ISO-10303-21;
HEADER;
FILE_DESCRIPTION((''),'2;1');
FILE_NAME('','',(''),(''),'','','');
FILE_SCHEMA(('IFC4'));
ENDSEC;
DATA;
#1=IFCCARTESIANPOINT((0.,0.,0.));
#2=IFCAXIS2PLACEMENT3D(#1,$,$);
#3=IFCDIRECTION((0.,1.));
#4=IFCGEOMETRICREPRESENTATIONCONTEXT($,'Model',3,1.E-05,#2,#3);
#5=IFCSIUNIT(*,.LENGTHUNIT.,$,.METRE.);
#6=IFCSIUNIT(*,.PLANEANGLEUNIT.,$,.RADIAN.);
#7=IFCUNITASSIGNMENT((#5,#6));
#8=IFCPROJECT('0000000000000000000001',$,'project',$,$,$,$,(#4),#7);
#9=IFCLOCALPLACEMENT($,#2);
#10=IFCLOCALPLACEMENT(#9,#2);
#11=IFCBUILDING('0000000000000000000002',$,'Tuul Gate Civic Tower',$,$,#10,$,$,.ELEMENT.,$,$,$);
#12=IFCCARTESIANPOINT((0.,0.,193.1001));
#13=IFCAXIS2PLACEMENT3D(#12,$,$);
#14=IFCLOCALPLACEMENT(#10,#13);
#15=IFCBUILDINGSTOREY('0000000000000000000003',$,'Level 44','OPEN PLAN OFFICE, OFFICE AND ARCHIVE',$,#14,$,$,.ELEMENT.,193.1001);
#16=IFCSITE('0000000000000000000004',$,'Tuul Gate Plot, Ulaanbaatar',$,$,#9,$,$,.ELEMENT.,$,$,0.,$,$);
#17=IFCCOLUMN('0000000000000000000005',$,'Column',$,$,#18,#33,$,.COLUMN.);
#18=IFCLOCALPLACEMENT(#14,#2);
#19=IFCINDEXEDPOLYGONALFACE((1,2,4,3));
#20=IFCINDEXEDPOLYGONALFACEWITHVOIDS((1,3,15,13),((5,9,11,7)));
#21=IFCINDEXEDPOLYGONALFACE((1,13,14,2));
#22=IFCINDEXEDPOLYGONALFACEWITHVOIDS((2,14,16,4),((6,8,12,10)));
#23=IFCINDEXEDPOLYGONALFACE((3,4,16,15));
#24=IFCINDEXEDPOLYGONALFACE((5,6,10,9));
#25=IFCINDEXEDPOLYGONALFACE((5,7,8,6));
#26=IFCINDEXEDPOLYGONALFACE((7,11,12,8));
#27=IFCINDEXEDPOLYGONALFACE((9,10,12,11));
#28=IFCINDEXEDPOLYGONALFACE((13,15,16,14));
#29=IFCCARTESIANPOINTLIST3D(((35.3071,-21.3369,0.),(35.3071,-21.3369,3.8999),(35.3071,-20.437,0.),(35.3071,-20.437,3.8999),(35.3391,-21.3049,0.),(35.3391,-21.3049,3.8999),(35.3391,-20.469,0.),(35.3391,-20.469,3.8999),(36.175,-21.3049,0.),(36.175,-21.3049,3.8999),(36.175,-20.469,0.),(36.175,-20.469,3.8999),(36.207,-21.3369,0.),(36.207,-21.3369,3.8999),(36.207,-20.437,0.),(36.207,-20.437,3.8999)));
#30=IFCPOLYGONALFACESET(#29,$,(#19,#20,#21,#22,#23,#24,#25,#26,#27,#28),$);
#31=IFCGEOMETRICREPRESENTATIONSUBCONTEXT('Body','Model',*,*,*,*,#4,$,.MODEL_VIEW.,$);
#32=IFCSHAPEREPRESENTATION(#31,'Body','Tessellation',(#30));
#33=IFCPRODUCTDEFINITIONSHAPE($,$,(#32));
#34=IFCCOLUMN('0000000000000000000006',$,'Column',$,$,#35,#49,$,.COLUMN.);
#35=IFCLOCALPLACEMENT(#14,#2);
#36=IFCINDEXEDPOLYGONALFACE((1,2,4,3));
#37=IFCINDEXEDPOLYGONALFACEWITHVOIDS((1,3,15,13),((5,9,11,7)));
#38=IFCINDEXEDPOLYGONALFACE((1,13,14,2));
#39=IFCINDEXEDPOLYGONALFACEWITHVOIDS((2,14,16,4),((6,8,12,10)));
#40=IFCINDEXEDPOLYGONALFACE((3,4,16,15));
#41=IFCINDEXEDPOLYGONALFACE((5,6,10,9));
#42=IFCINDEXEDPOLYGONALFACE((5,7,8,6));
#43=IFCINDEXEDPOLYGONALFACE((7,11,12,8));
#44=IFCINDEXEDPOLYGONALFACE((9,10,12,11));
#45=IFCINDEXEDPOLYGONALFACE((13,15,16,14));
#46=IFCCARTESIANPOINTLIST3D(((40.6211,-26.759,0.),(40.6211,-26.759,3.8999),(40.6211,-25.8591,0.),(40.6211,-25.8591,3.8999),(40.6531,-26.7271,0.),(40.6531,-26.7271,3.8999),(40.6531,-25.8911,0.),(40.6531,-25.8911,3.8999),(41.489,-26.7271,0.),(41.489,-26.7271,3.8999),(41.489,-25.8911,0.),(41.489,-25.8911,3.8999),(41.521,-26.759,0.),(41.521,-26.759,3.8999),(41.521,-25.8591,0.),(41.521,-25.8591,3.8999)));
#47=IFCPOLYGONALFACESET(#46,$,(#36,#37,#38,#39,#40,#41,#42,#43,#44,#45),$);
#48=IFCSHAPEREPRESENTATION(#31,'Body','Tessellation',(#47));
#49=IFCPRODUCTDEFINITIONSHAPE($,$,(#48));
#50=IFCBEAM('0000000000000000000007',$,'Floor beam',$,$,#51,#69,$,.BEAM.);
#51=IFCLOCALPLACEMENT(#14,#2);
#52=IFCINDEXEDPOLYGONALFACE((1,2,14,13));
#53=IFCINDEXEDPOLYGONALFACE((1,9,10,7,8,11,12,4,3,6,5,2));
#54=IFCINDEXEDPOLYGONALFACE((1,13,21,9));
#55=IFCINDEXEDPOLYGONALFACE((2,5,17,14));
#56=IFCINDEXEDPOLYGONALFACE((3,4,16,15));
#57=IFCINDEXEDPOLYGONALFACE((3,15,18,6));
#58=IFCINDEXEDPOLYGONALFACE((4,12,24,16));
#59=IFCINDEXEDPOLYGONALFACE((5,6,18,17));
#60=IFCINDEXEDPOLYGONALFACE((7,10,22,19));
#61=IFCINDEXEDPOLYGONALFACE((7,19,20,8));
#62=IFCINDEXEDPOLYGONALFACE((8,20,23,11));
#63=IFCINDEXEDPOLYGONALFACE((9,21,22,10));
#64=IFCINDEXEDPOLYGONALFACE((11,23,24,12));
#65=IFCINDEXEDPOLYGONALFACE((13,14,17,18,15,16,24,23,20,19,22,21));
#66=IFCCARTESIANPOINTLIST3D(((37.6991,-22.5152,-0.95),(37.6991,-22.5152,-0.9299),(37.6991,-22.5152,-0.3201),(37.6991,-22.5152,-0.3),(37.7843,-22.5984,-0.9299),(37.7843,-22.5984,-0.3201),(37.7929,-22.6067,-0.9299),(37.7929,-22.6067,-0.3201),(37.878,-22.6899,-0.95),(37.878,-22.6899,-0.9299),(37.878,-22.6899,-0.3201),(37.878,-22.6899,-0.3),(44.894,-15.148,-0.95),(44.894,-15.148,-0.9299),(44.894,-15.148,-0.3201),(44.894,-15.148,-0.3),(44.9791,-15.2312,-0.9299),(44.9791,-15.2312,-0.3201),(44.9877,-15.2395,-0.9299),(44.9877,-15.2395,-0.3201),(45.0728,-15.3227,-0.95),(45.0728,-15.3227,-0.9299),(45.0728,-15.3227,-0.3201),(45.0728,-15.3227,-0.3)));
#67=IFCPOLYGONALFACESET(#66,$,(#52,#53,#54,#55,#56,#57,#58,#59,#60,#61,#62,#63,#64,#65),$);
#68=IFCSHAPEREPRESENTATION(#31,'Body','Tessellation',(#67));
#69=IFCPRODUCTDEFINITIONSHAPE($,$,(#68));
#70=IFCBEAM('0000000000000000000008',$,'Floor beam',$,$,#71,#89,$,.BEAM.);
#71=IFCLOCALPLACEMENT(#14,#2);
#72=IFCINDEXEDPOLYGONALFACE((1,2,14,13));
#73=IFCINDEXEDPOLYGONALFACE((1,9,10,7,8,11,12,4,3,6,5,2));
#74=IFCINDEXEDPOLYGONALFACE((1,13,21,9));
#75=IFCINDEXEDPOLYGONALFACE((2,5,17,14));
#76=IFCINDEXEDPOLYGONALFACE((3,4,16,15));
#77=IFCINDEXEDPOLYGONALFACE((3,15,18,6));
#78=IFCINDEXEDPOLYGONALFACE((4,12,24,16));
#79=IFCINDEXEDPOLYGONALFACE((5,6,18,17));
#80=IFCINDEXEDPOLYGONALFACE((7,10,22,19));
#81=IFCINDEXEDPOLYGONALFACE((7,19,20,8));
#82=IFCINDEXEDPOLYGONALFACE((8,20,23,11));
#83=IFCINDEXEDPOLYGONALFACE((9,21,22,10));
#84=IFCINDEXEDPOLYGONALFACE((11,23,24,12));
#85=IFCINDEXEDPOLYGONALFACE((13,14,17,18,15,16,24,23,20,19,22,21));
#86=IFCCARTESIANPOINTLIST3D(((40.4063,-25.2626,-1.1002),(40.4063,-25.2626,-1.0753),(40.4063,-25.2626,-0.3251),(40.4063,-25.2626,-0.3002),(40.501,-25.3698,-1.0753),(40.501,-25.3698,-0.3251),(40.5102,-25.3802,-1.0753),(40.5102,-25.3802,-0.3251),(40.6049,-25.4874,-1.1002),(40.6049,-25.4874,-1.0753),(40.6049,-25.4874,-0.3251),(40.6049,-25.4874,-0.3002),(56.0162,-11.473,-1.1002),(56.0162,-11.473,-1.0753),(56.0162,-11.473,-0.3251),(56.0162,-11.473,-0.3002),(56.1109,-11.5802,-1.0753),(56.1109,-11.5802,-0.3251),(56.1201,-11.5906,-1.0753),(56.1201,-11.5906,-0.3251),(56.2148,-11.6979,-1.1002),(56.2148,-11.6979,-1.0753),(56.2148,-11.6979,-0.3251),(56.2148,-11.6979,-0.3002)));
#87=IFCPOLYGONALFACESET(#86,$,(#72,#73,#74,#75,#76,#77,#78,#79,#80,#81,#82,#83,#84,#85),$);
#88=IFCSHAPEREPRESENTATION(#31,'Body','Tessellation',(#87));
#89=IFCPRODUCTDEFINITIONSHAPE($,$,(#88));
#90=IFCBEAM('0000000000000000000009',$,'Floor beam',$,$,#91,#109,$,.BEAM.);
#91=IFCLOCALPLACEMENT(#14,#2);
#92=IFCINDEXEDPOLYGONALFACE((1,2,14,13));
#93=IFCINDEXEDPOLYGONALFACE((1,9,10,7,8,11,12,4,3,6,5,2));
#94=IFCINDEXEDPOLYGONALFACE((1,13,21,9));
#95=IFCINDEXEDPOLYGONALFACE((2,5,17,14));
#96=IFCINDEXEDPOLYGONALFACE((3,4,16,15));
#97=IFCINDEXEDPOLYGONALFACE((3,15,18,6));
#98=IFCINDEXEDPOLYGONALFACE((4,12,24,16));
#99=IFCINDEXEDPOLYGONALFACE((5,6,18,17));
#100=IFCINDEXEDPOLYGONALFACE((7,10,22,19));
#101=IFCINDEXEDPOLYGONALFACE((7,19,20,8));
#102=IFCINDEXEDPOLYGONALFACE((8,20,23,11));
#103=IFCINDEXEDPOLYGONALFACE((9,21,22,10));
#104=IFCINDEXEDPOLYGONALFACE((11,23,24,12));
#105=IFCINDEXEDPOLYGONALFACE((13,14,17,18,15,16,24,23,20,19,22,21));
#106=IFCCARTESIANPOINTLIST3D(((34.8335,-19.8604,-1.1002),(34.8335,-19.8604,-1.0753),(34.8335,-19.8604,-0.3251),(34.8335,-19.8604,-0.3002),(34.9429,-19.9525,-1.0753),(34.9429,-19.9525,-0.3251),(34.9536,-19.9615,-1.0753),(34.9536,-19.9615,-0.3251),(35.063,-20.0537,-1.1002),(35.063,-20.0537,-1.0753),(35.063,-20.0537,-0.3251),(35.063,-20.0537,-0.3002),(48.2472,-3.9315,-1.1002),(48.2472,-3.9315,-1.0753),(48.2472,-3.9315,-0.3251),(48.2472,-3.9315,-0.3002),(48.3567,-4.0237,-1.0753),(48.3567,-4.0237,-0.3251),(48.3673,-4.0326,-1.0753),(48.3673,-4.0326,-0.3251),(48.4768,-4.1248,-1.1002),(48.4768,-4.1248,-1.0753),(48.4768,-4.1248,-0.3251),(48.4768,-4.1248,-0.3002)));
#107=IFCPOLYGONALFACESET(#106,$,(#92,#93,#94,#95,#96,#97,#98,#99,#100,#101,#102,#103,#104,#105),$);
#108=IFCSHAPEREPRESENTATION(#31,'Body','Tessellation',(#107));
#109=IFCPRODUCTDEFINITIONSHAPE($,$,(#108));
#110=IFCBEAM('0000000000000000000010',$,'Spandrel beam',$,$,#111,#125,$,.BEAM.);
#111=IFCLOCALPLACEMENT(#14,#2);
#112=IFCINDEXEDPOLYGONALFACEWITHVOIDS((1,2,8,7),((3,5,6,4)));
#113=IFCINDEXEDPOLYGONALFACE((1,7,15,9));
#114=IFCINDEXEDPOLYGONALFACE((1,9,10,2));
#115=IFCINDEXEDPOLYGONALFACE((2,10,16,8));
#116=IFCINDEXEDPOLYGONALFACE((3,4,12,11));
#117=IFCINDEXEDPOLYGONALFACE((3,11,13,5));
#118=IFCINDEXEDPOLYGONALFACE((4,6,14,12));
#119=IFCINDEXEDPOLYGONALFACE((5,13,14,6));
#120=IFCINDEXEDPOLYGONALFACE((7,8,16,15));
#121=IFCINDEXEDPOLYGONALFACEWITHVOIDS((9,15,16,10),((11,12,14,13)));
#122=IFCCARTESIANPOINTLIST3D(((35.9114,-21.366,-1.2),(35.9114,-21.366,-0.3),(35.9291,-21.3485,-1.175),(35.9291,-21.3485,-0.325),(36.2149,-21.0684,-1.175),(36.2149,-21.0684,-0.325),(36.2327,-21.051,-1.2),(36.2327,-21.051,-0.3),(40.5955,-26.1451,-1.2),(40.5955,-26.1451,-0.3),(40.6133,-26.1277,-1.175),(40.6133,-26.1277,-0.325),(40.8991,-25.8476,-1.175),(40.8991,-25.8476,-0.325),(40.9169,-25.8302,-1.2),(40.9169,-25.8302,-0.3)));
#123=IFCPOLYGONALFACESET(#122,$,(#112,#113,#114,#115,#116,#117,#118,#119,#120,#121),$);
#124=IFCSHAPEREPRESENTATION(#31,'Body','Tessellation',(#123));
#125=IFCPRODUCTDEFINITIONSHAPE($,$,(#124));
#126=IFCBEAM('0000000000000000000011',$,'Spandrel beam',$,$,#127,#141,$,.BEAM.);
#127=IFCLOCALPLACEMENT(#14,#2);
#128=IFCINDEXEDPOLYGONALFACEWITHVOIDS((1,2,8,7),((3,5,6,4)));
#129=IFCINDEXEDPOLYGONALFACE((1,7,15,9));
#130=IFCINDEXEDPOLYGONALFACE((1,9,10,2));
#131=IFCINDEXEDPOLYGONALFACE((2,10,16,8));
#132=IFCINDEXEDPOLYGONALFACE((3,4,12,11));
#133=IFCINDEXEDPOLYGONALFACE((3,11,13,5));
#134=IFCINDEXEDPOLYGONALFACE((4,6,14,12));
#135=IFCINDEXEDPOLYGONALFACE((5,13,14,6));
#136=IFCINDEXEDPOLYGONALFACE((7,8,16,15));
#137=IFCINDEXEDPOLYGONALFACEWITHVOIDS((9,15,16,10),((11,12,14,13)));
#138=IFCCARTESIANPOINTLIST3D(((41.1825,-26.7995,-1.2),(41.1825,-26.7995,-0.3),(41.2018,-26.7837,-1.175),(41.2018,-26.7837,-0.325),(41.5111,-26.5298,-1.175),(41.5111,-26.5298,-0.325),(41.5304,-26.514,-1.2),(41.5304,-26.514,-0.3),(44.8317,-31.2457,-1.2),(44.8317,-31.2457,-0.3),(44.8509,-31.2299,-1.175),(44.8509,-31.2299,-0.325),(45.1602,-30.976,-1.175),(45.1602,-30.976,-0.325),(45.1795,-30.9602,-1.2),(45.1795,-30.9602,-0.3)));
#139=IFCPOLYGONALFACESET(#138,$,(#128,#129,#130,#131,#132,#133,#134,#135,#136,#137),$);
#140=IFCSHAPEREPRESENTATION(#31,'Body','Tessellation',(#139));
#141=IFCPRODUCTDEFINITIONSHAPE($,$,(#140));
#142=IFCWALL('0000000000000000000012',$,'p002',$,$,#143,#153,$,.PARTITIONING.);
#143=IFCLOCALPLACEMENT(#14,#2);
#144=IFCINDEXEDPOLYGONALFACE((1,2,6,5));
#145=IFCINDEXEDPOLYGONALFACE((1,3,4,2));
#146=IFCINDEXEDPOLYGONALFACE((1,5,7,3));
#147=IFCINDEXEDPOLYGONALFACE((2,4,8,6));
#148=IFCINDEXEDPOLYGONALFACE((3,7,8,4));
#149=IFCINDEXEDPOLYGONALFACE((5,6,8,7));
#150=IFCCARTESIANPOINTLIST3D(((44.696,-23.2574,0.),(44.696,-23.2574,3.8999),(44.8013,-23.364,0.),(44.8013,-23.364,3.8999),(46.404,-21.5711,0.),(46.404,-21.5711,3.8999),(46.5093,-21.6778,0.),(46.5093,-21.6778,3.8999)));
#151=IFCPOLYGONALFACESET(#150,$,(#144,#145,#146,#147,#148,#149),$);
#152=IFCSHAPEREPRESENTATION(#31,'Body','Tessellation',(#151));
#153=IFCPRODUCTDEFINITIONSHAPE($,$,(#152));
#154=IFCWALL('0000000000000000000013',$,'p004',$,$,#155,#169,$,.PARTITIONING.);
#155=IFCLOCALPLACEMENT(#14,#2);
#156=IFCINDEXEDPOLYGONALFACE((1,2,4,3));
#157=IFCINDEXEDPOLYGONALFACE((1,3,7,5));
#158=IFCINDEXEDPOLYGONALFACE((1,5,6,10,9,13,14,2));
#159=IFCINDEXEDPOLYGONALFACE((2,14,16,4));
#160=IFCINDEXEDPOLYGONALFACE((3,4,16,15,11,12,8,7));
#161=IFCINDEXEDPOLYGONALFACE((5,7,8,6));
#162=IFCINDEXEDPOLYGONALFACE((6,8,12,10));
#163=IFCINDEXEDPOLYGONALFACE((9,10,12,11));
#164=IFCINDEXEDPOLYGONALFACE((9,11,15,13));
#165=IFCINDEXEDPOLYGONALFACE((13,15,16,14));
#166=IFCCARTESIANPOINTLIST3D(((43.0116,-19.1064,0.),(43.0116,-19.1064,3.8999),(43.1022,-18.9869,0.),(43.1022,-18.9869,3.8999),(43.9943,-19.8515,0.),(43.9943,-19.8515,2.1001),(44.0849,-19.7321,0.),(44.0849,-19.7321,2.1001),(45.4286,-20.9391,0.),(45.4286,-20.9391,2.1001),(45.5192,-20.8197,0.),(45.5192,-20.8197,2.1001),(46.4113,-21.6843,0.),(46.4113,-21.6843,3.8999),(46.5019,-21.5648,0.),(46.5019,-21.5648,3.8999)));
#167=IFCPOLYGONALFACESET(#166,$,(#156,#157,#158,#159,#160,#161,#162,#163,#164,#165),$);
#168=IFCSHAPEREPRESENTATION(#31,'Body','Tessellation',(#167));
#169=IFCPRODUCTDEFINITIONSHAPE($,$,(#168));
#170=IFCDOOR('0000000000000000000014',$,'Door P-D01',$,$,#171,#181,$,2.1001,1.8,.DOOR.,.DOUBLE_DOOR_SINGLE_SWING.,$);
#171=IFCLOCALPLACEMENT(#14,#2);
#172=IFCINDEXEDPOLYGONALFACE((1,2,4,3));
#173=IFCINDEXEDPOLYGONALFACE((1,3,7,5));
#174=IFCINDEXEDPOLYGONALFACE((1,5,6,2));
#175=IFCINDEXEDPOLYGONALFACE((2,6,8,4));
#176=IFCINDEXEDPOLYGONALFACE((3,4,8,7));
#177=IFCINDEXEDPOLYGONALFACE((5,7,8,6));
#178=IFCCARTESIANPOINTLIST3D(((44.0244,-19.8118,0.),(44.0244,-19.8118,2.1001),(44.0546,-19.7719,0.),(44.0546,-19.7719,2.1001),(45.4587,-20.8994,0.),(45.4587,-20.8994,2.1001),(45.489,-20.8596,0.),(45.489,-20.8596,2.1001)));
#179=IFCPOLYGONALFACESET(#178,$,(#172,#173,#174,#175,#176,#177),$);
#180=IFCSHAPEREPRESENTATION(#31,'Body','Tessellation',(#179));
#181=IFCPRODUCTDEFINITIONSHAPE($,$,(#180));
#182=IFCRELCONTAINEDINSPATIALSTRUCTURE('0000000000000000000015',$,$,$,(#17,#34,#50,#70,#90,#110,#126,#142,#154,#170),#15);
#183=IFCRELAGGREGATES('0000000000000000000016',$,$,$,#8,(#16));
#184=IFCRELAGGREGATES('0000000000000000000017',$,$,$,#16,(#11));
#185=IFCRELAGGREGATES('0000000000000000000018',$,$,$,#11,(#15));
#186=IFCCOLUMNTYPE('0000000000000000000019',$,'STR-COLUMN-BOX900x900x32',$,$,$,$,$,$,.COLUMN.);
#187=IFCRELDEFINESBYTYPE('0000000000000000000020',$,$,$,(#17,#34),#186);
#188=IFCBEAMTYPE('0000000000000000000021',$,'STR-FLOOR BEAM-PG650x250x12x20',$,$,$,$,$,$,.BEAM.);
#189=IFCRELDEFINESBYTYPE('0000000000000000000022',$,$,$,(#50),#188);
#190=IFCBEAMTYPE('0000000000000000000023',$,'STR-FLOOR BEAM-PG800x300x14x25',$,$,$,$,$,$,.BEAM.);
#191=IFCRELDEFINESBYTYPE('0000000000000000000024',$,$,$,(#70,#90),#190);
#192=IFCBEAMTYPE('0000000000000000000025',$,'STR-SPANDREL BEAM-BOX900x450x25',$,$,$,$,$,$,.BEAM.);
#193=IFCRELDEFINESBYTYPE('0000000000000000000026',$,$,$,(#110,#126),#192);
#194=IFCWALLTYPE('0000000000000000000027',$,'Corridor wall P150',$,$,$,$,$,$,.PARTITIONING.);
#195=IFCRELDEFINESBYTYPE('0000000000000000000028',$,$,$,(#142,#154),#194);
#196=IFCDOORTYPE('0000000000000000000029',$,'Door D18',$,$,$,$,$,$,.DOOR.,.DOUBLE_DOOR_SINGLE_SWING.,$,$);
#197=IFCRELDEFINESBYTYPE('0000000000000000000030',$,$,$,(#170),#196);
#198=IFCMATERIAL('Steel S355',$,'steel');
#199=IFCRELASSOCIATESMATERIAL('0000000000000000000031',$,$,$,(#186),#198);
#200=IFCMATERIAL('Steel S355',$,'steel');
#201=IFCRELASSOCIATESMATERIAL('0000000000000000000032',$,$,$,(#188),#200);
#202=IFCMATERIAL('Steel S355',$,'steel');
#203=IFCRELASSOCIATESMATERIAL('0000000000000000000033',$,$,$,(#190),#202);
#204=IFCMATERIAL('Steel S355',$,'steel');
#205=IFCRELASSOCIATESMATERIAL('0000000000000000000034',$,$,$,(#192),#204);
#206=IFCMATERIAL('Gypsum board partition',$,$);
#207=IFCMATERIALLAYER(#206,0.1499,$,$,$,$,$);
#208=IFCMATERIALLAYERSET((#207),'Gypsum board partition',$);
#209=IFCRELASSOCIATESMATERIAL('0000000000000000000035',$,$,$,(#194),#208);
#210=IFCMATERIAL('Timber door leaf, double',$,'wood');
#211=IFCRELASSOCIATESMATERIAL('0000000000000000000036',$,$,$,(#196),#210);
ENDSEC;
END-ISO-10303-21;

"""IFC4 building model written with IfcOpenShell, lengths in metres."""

from ifc_helpers import new_model, si_unit, direction, frame, frame_2d, origin, origin_2d, place, context, subcontext, project, spatial, rectangle, hollow_rectangle, i_section, extrude, material, layer, layer_set, material_profile, profile_set, type_object, element, fill, save


model = new_model("IFC4")

# Units and contexts
model_context = context("Model", 3, precision=1e-05, world=origin(), true_north=direction((0.0, 1.0)))
body_context = subcontext(model_context, "Body", "Model", "MODEL_VIEW")
ifc_project = project(units=[si_unit("LENGTHUNIT", "METRE"), si_unit("PLANEANGLEUNIT", "RADIAN")], contexts=[model_context])

# Site, building, storey
site_placement = place(None, origin())
site = spatial("IfcSite", under=ifc_project, at=site_placement, Name="Tuul Gate Plot, Ulaanbaatar", CompositionType="ELEMENT", RefElevation=0.0)
building_placement = place(site_placement, origin())
building = spatial("IfcBuilding", under=site, at=building_placement, Name="Tuul Gate Civic Tower", CompositionType="ELEMENT")
storey_placement = place(building_placement, frame((0.0, 0.0, 193.1001)))
storey = spatial("IfcBuildingStorey", under=building, at=storey_placement, Name="Level 44", Description="OPEN PLAN OFFICE, OFFICE AND ARCHIVE", CompositionType="ELEMENT", Elevation=193.1001)

# Columns
ifc_material_1 = material(Name="Steel S355", Category="steel")
ifc_material_profile_1 = material_profile(ifc_material_1, hollow_rectangle(XDim=0.8999, YDim=0.8999, WallThickness=0.032, at=origin_2d()), Name="BOX900x900x32")
ifc_profile_set_1 = profile_set([ifc_material_profile_1], Name="Steel S355")
column_type = type_object("IfcColumnType", Name="STR-COLUMN-BOX900x900x32", PredefinedType="COLUMN", material=ifc_profile_set_1)
for number, where, z_axis, x_axis, name in (
    (1, (35.7571, -20.887, 0.0), (0.0, 0.0, 1.0), (1.0, 0.0, 0.0), "Column"),
    (2, (41.071, -26.3091, 0.0), (0.0, 0.0, 1.0), (1.0, 0.0, 0.0), "Column"),
):
    element("IfcColumn", number, at=place(storey_placement, frame(where, z_axis=z_axis, x_axis=x_axis)), inside=storey, type_object=column_type, Name=name, PredefinedType="COLUMN", context=body_context, shape_type="SweptSolid", body=[
        extrude(hollow_rectangle(XDim=0.8999, YDim=0.8999, WallThickness=0.032, at=origin_2d()), origin(), (0.0, 0.0, 1.0), 3.8999),
    ])

# Beams
ifc_material_2 = material(Name="Steel S355", Category="steel")
ifc_material_profile_2 = material_profile(ifc_material_2, i_section(OverallWidth=0.25, OverallDepth=0.6499, WebThickness=0.012, FlangeThickness=0.02, at=origin_2d()), Name="PG650x250x12x20")
ifc_profile_set_2 = profile_set([ifc_material_profile_2], Name="Steel S355")
beam_type_1 = type_object("IfcBeamType", Name="STR-FLOOR BEAM-PG650x250x12x20", PredefinedType="BEAM", material=ifc_profile_set_2)
beam_1_placement = place(storey_placement, frame((37.7886, -22.6025, -0.625), z_axis=(0.698688, 0.715426, 0.0), x_axis=(-0.715426, 0.698688, 0.0)))
element("IfcBeam", 3, at=beam_1_placement, inside=storey, type_object=beam_type_1, Name="Floor beam", PredefinedType="BEAM", context=body_context, shape_type="SweptSolid", body=[
    extrude(i_section(OverallWidth=0.25, OverallDepth=0.6499, WebThickness=0.012, FlangeThickness=0.02, at=origin_2d()), origin(), (0.0, 0.0, 1.0), 10.2976),
])
ifc_material_3 = material(Name="Steel S355", Category="steel")
ifc_material_profile_3 = material_profile(ifc_material_3, i_section(OverallWidth=0.3, OverallDepth=0.8, WebThickness=0.0139, FlangeThickness=0.0249, at=origin_2d()), Name="PG800x300x14x25")
ifc_profile_set_3 = profile_set([ifc_material_profile_3], Name="Steel S355")
beam_type_2 = type_object("IfcBeamType", Name="STR-FLOOR BEAM-PG800x300x14x25", PredefinedType="BEAM", material=ifc_profile_set_3)
beam_2_placement = place(storey_placement, frame((40.5056, -25.375, -0.7002), z_axis=(0.749453, 0.662057, 0.0), x_axis=(-0.662057, 0.749453, 0.0)))
element("IfcBeam", 4, at=beam_2_placement, inside=storey, type_object=beam_type_2, Name="Floor beam", PredefinedType="BEAM", context=body_context, shape_type="SweptSolid", body=[
    extrude(i_section(OverallWidth=0.3, OverallDepth=0.8, WebThickness=0.0139, FlangeThickness=0.0249, at=origin_2d()), origin(), (0.0, 0.0, 1.0), 20.8284),
])
beam_3_placement = place(storey_placement, frame((34.9482, -19.957, -0.7002), z_axis=(0.644135, 0.764912, 0.0), x_axis=(-0.764912, 0.644135, 0.0)))
element("IfcBeam", 5, at=beam_3_placement, inside=storey, type_object=beam_type_2, Name="Floor beam", PredefinedType="BEAM", context=body_context, shape_type="SweptSolid", body=[
    extrude(i_section(OverallWidth=0.3, OverallDepth=0.8, WebThickness=0.0139, FlangeThickness=0.0249, at=origin_2d()), origin(), (0.0, 0.0, 1.0), 20.8245),
])
ifc_material_4 = material(Name="Steel S355", Category="steel")
ifc_material_profile_4 = material_profile(ifc_material_4, hollow_rectangle(XDim=0.45, YDim=0.8999, WallThickness=0.0249, at=origin_2d()), Name="BOX900x450x25")
ifc_profile_set_4 = profile_set([ifc_material_profile_4], Name="Steel S355")
beam_type_3 = type_object("IfcBeamType", Name="STR-SPANDREL BEAM-BOX900x450x25", PredefinedType="BEAM", material=ifc_profile_set_4)
beam_4_placement = place(storey_placement, frame((36.072, -21.2085, -0.75), z_axis=(0.699975, -0.714167, 0.0), x_axis=(0.714167, 0.699975, 0.0)))
element("IfcBeam", 6, at=beam_4_placement, inside=storey, type_object=beam_type_3, Name="Spandrel beam", PredefinedType="BEAM", context=body_context, shape_type="SweptSolid", body=[
    extrude(hollow_rectangle(XDim=0.45, YDim=0.8999, WallThickness=0.0249, at=origin_2d()), origin(), (0.0, 0.0, 1.0), 6.6919),
])
beam_5_placement = place(storey_placement, frame((41.3564, -26.6567, -0.75), z_axis=(0.634414, -0.772994, 0.0), x_axis=(0.772994, 0.634414, 0.0)))
element("IfcBeam", 7, at=beam_5_placement, inside=storey, type_object=beam_type_3, Name="Spandrel beam", PredefinedType="BEAM", context=body_context, shape_type="SweptSolid", body=[
    extrude(hollow_rectangle(XDim=0.45, YDim=0.8999, WallThickness=0.0249, at=origin_2d()), origin(), (0.0, 0.0, 1.0), 5.752),
])

# Wall
ifc_material_5 = material(Name="Gypsum board partition")
ifc_layer_1 = layer(ifc_material_5, 0.1499)
ifc_layer_set_1 = layer_set([ifc_layer_1], Name="Gypsum board partition")
wall_type_1 = type_object("IfcWallType", Name="Corridor wall P150", PredefinedType="PARTITIONING", material=ifc_layer_set_1)
wall_1_placement = place(storey_placement, frame((44.7485, -23.3108, 0.0), z_axis=(0.0, 0.0, 1.0), x_axis=(0.711619, 0.702566, 0.0)))
element("IfcWall", 8, at=wall_1_placement, inside=storey, type_object=wall_type_1, Name="p002", PredefinedType="PARTITIONING", context=body_context, shape_type="SweptSolid", body=[
    extrude(rectangle(XDim=2.4001, YDim=0.1499, at=frame_2d((1.2002, 0.0))), origin(), (0.0, 0.0, 1.0), 3.8999),
])

# Wall, opening, door
wall_2_placement = place(storey_placement, frame((43.0569, -19.0466, 0.0), z_axis=(0.0, 0.0, 1.0), x_axis=(0.796823, -0.604212, 0.0)))
wall_2 = element("IfcWall", 9, at=wall_2_placement, inside=storey, type_object=wall_type_1, Name="p004", PredefinedType="PARTITIONING", context=body_context, shape_type="SweptSolid", body=[
    extrude(rectangle(XDim=4.2666, YDim=0.1499, at=frame_2d((2.1333, 0.0))), origin(), (0.0, 0.0, 1.0), 3.8999),
])
opening_1_placement = place(wall_2_placement, frame((1.2334, 0.0, 0.0)))
opening_1 = element("IfcOpeningElement", 10, at=opening_1_placement, cuts=wall_2, PredefinedType="OPENING", context=body_context, shape_type="SweptSolid", body=[
    extrude(rectangle(XDim=1.8, YDim=2.1001, at=frame_2d((0.8999, 1.05))), frame((0.0, 0.085, 0.0), z_axis=(0.0, -1.0, 0.0), x_axis=(1.0, 0.0, 0.0)), (0.0, 0.0, 1.0), 0.1699),
])
ifc_material_6 = material(Name="Timber door leaf, double", Category="wood")
door_type = type_object("IfcDoorType", Name="Door D18", OperationType="DOUBLE_DOOR_SINGLE_SWING", PredefinedType="DOOR", material=ifc_material_6)
door_placement = place(opening_1_placement, origin())
door = element("IfcDoor", 11, at=door_placement, inside=storey, type_object=door_type, Name="Door P-D01", OperationType="DOUBLE_DOOR_SINGLE_SWING", OverallHeight=2.1001, OverallWidth=1.8, PredefinedType="DOOR", context=body_context, shape_type="SweptSolid", body=[
    extrude(rectangle(XDim=1.8, YDim=2.1001, at=frame_2d((0.8999, 1.05))), frame((0.0, 0.0249, 0.0), z_axis=(0.0, -1.0, 0.0), x_axis=(1.0, 0.0, 0.0)), (0.0, 0.0, 1.0), 0.05),
])
fill(opening_1, door)

save(model, "model.ifc")
